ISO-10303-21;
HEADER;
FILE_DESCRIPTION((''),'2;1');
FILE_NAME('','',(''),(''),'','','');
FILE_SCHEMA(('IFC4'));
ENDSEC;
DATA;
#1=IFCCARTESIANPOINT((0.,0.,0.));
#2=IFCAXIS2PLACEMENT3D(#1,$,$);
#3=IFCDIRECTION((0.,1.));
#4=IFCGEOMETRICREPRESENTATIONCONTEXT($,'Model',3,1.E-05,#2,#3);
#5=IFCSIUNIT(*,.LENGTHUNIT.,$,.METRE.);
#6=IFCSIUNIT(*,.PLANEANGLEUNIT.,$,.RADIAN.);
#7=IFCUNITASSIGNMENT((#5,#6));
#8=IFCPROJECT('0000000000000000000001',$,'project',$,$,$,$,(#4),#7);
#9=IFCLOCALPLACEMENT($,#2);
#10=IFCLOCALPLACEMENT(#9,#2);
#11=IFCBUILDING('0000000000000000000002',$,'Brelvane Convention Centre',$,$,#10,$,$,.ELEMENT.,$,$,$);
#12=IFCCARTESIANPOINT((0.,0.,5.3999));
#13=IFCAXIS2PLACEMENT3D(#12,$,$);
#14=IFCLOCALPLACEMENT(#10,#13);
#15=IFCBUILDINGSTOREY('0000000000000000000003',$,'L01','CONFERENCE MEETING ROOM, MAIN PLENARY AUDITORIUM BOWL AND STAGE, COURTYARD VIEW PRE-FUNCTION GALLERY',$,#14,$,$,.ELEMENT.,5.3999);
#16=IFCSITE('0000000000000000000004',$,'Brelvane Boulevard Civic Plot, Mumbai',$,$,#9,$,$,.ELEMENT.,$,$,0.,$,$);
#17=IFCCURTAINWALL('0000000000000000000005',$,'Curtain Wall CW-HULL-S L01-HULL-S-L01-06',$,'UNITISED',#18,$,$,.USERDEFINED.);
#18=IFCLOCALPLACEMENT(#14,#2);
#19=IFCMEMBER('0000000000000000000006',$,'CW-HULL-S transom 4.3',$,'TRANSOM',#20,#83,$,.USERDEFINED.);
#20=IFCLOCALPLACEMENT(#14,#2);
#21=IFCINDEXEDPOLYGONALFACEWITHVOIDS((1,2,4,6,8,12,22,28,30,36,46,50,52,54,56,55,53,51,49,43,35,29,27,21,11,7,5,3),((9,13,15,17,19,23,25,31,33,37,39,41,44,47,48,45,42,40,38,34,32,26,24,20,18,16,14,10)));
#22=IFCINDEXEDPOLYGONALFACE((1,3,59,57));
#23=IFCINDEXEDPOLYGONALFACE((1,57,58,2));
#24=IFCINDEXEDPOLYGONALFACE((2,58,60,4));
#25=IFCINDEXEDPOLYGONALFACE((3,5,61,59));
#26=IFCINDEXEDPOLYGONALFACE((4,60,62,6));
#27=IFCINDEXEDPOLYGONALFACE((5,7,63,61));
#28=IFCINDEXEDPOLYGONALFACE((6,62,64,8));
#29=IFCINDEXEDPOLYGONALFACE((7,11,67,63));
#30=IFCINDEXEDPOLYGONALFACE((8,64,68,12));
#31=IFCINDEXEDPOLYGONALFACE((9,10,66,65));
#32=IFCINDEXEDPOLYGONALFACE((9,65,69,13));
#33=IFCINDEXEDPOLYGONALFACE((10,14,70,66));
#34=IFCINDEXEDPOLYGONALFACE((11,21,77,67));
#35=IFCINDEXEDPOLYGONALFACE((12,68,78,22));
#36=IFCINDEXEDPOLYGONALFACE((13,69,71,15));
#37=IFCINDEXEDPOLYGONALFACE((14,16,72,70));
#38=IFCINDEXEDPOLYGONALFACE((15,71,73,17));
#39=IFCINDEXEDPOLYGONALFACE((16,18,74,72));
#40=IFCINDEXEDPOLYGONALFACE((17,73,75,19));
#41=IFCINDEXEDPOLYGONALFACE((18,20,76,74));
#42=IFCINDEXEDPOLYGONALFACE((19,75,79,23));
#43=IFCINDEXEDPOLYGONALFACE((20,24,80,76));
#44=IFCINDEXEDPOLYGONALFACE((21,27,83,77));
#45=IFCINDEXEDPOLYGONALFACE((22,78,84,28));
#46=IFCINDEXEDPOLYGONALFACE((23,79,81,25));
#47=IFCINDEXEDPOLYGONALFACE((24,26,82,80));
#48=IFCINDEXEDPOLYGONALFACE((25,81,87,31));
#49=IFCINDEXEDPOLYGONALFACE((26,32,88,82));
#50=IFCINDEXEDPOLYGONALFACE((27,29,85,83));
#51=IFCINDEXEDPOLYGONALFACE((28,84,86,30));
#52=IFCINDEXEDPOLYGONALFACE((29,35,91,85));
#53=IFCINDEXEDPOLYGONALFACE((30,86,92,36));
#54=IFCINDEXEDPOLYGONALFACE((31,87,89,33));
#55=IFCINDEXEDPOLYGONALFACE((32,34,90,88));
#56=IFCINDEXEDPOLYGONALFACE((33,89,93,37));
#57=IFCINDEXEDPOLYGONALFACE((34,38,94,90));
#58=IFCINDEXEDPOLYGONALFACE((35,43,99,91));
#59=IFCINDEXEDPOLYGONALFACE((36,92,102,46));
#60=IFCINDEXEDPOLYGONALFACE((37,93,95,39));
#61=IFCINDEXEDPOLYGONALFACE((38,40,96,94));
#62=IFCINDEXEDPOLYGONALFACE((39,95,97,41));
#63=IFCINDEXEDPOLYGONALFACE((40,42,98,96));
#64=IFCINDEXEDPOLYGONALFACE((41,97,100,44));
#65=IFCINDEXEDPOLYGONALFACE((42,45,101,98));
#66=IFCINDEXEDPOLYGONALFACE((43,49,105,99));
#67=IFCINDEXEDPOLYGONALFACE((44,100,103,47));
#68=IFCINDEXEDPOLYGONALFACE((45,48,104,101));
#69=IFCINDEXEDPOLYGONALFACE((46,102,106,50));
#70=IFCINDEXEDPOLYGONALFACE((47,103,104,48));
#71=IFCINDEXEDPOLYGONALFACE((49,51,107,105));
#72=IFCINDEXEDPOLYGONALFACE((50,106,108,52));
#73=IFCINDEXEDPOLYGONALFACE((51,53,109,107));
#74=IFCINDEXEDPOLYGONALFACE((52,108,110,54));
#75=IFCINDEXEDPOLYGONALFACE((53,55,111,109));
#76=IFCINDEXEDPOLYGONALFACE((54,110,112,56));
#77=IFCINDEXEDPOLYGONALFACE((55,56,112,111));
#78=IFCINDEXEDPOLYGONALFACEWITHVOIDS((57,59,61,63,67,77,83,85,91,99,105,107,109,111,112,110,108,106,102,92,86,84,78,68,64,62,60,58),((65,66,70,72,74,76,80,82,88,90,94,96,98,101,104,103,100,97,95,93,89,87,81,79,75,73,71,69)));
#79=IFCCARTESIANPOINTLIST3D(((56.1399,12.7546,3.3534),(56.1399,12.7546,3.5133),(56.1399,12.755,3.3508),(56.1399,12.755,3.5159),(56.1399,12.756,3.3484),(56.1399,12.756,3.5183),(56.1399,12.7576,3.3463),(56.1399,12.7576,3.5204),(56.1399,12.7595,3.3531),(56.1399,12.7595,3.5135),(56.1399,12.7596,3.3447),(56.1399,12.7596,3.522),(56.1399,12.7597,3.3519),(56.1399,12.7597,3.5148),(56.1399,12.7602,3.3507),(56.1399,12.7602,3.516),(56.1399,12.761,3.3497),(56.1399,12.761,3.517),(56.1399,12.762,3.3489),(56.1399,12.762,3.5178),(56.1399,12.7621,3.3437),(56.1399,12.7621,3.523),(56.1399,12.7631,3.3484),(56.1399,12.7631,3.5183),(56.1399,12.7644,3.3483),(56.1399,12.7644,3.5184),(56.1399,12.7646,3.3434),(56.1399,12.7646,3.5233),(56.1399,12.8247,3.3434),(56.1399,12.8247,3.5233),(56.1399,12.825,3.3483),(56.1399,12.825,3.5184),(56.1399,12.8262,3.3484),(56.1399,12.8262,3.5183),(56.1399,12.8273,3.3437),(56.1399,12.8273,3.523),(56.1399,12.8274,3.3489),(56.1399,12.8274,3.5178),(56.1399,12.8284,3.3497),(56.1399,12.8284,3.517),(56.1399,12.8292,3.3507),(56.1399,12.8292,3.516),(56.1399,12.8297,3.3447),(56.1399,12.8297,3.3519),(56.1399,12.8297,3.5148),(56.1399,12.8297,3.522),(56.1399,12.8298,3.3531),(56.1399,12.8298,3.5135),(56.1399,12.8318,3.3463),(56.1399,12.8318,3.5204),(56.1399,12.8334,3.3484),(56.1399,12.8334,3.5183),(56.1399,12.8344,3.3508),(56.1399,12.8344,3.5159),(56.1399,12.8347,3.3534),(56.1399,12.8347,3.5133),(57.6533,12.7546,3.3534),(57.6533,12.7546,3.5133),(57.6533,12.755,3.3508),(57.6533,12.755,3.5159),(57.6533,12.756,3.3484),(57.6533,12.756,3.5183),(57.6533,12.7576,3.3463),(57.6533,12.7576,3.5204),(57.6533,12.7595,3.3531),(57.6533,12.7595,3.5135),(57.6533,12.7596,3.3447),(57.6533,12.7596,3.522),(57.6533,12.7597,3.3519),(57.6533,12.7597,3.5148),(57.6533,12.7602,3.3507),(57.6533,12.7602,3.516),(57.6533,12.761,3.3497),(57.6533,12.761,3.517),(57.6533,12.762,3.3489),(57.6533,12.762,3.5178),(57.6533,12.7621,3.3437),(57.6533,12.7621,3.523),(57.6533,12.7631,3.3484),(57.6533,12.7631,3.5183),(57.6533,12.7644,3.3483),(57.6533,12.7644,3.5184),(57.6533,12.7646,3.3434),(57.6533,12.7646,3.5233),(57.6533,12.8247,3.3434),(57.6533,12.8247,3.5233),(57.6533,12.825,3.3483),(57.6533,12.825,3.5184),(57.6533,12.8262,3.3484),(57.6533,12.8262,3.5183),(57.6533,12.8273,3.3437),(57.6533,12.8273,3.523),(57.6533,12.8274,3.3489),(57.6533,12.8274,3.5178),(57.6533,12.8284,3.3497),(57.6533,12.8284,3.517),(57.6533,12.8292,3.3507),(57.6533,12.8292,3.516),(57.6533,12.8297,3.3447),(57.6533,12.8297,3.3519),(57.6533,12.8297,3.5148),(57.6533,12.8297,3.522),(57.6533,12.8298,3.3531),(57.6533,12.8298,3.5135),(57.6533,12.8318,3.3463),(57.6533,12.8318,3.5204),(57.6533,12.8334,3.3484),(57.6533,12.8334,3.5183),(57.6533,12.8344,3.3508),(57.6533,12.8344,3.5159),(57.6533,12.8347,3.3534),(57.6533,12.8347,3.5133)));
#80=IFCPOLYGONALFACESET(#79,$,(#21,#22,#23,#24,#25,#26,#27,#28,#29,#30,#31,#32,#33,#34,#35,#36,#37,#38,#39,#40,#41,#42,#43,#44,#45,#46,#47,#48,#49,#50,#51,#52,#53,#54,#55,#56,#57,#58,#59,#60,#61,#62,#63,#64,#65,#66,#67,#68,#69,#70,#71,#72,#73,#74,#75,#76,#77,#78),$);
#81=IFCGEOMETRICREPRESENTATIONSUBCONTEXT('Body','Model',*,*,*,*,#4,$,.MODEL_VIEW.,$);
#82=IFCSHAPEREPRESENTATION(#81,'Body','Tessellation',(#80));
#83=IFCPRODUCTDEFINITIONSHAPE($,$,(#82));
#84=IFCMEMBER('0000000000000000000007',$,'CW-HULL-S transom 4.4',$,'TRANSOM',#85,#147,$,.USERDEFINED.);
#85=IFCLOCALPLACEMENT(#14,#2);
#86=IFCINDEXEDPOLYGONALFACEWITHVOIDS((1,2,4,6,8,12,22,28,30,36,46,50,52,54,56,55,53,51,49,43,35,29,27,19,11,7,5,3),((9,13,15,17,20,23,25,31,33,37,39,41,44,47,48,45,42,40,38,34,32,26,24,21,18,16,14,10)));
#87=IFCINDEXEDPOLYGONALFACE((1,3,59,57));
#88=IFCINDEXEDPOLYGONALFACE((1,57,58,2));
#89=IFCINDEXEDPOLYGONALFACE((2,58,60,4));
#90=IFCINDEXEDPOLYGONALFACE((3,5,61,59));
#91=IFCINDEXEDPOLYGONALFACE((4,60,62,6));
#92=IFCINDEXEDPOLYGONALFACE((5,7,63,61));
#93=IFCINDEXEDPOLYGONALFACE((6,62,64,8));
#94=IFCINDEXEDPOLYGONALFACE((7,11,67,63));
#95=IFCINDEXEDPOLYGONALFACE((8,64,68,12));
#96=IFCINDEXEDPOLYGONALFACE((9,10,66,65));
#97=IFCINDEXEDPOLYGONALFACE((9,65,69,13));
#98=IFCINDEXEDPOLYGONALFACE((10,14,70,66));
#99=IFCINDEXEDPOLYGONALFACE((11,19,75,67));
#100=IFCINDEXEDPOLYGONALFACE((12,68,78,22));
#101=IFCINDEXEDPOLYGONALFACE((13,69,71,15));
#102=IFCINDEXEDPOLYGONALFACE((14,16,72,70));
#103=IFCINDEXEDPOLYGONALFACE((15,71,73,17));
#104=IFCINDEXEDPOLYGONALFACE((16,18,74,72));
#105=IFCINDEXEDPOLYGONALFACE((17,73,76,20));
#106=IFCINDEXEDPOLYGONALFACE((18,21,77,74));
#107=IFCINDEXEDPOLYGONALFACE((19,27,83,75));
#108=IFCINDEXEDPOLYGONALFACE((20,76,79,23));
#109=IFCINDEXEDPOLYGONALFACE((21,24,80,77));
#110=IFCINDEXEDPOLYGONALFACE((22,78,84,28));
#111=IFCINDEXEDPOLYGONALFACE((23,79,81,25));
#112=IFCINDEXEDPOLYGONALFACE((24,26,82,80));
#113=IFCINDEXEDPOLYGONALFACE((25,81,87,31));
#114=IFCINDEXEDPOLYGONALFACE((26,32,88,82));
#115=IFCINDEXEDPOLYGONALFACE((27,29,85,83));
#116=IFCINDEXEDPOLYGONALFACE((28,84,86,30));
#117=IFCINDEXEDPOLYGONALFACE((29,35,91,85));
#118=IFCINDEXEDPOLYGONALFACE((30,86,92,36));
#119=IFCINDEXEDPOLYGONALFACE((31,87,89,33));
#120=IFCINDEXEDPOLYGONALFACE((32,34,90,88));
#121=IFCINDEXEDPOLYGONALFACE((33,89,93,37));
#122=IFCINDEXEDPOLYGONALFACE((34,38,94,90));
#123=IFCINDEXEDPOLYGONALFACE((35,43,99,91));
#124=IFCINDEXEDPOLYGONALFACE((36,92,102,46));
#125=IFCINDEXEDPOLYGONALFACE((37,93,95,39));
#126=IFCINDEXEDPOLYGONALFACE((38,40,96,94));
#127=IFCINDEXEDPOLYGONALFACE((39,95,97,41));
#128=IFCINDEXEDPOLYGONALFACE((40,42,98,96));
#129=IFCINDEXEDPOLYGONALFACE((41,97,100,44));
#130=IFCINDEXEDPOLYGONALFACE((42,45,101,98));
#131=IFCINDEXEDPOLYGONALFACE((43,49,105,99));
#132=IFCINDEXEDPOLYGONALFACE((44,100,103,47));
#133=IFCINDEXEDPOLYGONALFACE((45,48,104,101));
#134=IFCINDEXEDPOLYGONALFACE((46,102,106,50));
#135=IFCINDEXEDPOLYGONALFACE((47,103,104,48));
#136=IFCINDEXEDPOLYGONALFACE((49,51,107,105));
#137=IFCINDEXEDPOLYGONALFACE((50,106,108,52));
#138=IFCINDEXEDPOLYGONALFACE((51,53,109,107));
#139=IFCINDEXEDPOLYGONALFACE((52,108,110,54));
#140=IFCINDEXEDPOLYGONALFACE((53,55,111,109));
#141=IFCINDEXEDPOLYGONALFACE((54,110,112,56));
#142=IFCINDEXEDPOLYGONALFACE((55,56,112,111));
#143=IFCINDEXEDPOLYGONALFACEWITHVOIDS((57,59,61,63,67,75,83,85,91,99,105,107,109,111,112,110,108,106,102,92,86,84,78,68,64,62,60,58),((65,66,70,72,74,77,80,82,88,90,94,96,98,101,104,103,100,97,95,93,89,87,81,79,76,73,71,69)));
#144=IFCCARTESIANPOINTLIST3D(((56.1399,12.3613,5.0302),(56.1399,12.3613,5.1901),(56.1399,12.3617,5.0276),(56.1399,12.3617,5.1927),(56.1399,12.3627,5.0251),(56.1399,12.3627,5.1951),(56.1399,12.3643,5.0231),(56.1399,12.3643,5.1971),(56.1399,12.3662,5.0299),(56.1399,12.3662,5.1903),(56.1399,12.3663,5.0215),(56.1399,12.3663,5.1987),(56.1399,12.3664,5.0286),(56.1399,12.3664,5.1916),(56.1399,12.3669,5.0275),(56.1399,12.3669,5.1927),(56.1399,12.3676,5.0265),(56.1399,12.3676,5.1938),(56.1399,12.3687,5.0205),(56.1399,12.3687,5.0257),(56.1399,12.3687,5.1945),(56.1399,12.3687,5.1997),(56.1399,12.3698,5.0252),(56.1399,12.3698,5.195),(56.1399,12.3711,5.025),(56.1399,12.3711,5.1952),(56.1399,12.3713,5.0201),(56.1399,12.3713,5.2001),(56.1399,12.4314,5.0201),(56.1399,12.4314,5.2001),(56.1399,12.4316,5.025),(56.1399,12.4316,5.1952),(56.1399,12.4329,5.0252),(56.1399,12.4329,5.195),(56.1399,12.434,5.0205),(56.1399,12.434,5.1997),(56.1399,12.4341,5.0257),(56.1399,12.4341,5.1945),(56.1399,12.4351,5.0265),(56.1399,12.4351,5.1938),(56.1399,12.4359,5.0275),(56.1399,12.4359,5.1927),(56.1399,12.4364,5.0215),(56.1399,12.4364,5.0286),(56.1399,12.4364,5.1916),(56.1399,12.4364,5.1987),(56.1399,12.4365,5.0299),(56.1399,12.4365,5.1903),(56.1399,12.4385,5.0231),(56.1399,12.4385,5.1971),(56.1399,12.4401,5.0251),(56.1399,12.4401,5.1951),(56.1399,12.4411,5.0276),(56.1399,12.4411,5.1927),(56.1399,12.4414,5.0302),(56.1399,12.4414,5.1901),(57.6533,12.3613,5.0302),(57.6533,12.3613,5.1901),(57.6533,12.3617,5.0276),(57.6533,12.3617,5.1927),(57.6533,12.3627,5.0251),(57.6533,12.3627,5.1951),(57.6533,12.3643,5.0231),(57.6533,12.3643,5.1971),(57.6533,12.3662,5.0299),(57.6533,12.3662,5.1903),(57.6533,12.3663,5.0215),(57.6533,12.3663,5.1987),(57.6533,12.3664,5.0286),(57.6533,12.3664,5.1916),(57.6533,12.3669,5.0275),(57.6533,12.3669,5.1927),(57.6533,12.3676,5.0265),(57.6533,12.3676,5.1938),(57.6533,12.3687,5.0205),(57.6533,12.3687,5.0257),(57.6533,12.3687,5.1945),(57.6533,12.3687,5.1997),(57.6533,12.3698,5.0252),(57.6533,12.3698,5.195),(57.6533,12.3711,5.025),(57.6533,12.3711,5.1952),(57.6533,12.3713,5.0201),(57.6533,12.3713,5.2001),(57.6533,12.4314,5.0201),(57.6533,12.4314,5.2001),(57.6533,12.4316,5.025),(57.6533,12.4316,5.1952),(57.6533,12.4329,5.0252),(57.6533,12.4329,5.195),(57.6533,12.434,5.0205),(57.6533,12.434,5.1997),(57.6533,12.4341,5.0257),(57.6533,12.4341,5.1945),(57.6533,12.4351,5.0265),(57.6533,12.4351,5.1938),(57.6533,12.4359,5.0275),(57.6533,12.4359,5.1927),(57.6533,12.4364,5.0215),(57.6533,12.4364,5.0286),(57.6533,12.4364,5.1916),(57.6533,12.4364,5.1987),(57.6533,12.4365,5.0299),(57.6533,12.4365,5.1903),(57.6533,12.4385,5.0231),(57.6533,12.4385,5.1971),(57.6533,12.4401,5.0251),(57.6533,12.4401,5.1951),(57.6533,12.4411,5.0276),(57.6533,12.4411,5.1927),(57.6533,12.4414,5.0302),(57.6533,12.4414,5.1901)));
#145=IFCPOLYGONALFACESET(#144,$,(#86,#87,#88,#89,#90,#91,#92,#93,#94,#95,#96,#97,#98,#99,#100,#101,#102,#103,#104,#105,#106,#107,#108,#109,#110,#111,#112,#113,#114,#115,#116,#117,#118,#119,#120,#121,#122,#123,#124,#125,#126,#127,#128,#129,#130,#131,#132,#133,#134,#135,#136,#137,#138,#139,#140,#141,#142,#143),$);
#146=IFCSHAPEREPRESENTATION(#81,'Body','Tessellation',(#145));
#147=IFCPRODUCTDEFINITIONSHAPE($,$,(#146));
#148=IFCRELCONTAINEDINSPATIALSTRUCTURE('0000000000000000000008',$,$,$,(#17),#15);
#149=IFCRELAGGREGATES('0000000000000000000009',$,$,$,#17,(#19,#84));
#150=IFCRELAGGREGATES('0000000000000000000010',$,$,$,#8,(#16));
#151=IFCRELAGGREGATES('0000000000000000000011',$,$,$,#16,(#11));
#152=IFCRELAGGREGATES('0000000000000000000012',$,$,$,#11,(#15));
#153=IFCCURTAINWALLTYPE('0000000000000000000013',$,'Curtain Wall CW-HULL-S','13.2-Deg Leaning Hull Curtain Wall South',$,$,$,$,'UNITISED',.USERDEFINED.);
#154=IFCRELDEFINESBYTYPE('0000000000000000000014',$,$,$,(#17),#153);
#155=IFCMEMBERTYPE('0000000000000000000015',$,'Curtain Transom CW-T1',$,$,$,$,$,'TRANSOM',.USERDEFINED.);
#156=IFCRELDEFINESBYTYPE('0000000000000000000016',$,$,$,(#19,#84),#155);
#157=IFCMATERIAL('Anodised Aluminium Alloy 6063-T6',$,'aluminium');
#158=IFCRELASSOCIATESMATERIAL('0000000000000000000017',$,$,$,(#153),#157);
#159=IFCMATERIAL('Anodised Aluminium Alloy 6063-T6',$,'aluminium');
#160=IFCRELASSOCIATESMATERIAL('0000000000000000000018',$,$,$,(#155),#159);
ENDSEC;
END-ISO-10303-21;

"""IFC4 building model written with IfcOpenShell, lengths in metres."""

from ifc_helpers import new_model, si_unit, direction, frame, origin, origin_2d, place, context, subcontext, project, spatial, hollow_rectangle, extrude, material, material_profile, profile_set, type_object, element, aggregate, save


model = new_model("IFC4")

# Units and contexts
model_context = context("Model", 3, precision=1e-05, world=origin(), true_north=direction((0.0, 1.0)))
body_context = subcontext(model_context, "Body", "Model", "MODEL_VIEW")
ifc_project = project(units=[si_unit("LENGTHUNIT", "METRE"), si_unit("PLANEANGLEUNIT", "RADIAN")], contexts=[model_context])

# Site, building, storey
site_placement = place(None, origin())
site = spatial("IfcSite", under=ifc_project, at=site_placement, Name="Brelvane Boulevard Civic Plot, Mumbai", CompositionType="ELEMENT", RefElevation=0.0)
building_placement = place(site_placement, origin())
building = spatial("IfcBuilding", under=site, at=building_placement, Name="Brelvane Convention Centre", CompositionType="ELEMENT")
storey_placement = place(building_placement, frame((0.0, 0.0, 5.3999)))
storey = spatial("IfcBuildingStorey", under=building, at=storey_placement, Name="L01", Description="CONFERENCE MEETING ROOM, MAIN PLENARY AUDITORIUM BOWL AND STAGE, COURTYARD VIEW PRE-FUNCTION GALLERY", CompositionType="ELEMENT", Elevation=5.3999)

# Curtain wall, members
ifc_material_1 = material(Name="Anodised Aluminium Alloy 6063-T6", Category="aluminium")
curtain_wall_type = type_object("IfcCurtainWallType", Name="Curtain Wall CW-HULL-S", Description="13.2-Deg Leaning Hull Curtain Wall South", ElementType="UNITISED", PredefinedType="USERDEFINED", material=ifc_material_1)
curtain_wall_1_placement = place(storey_placement, origin())
curtain_wall_1 = element("IfcCurtainWall", 1, at=curtain_wall_1_placement, inside=storey, type_object=curtain_wall_type, Name="Curtain Wall CW-HULL-S L01-HULL-S-L01-06", ObjectType="UNITISED", PredefinedType="USERDEFINED")
ifc_material_2 = material(Name="Anodised Aluminium Alloy 6063-T6", Category="aluminium")
ifc_material_profile = material_profile(ifc_material_2, hollow_rectangle(XDim=0.0801, YDim=0.1799, WallThickness=0.0049, InnerFilletRadius=0.0049, OuterFilletRadius=0.01, at=origin_2d()), Name="ALU-T 180x80x5.0")
ifc_profile_set = profile_set([ifc_material_profile], Name="Anodised Aluminium Alloy 6063-T6")
member_type = type_object("IfcMemberType", Name="Curtain Transom CW-T1", ElementType="TRANSOM", PredefinedType="USERDEFINED", material=ifc_profile_set)
member_1_placement = place(storey_placement, frame((56.1399, 12.7947, 3.4333), z_axis=(1.0, 0.0, 0.0), x_axis=(0.0, 1.0, 0.0)))
member_1 = element("IfcMember", 2, at=member_1_placement, type_object=member_type, Name="CW-HULL-S transom 4.3", ObjectType="TRANSOM", PredefinedType="USERDEFINED", context=body_context, shape_type="SweptSolid", body=[
    extrude(hollow_rectangle(XDim=0.0801, YDim=0.1799, WallThickness=0.0049, InnerFilletRadius=0.0049, OuterFilletRadius=0.01, at=origin_2d()), origin(), (0.0, 0.0, 1.0), 1.5134),
])
member_2_placement = place(storey_placement, frame((56.1399, 12.4014, 5.1101), z_axis=(1.0, 0.0, 0.0), x_axis=(0.0, 1.0, 0.0)))
member_2 = element("IfcMember", 3, at=member_2_placement, type_object=member_type, Name="CW-HULL-S transom 4.4", ObjectType="TRANSOM", PredefinedType="USERDEFINED", context=body_context, shape_type="SweptSolid", body=[
    extrude(hollow_rectangle(XDim=0.0801, YDim=0.1799, WallThickness=0.0049, InnerFilletRadius=0.0049, OuterFilletRadius=0.01, at=origin_2d()), origin(), (0.0, 0.0, 1.0), 1.5134),
])

aggregate(curtain_wall_1, [member_1, member_2])

save(model, "model.ifc")
